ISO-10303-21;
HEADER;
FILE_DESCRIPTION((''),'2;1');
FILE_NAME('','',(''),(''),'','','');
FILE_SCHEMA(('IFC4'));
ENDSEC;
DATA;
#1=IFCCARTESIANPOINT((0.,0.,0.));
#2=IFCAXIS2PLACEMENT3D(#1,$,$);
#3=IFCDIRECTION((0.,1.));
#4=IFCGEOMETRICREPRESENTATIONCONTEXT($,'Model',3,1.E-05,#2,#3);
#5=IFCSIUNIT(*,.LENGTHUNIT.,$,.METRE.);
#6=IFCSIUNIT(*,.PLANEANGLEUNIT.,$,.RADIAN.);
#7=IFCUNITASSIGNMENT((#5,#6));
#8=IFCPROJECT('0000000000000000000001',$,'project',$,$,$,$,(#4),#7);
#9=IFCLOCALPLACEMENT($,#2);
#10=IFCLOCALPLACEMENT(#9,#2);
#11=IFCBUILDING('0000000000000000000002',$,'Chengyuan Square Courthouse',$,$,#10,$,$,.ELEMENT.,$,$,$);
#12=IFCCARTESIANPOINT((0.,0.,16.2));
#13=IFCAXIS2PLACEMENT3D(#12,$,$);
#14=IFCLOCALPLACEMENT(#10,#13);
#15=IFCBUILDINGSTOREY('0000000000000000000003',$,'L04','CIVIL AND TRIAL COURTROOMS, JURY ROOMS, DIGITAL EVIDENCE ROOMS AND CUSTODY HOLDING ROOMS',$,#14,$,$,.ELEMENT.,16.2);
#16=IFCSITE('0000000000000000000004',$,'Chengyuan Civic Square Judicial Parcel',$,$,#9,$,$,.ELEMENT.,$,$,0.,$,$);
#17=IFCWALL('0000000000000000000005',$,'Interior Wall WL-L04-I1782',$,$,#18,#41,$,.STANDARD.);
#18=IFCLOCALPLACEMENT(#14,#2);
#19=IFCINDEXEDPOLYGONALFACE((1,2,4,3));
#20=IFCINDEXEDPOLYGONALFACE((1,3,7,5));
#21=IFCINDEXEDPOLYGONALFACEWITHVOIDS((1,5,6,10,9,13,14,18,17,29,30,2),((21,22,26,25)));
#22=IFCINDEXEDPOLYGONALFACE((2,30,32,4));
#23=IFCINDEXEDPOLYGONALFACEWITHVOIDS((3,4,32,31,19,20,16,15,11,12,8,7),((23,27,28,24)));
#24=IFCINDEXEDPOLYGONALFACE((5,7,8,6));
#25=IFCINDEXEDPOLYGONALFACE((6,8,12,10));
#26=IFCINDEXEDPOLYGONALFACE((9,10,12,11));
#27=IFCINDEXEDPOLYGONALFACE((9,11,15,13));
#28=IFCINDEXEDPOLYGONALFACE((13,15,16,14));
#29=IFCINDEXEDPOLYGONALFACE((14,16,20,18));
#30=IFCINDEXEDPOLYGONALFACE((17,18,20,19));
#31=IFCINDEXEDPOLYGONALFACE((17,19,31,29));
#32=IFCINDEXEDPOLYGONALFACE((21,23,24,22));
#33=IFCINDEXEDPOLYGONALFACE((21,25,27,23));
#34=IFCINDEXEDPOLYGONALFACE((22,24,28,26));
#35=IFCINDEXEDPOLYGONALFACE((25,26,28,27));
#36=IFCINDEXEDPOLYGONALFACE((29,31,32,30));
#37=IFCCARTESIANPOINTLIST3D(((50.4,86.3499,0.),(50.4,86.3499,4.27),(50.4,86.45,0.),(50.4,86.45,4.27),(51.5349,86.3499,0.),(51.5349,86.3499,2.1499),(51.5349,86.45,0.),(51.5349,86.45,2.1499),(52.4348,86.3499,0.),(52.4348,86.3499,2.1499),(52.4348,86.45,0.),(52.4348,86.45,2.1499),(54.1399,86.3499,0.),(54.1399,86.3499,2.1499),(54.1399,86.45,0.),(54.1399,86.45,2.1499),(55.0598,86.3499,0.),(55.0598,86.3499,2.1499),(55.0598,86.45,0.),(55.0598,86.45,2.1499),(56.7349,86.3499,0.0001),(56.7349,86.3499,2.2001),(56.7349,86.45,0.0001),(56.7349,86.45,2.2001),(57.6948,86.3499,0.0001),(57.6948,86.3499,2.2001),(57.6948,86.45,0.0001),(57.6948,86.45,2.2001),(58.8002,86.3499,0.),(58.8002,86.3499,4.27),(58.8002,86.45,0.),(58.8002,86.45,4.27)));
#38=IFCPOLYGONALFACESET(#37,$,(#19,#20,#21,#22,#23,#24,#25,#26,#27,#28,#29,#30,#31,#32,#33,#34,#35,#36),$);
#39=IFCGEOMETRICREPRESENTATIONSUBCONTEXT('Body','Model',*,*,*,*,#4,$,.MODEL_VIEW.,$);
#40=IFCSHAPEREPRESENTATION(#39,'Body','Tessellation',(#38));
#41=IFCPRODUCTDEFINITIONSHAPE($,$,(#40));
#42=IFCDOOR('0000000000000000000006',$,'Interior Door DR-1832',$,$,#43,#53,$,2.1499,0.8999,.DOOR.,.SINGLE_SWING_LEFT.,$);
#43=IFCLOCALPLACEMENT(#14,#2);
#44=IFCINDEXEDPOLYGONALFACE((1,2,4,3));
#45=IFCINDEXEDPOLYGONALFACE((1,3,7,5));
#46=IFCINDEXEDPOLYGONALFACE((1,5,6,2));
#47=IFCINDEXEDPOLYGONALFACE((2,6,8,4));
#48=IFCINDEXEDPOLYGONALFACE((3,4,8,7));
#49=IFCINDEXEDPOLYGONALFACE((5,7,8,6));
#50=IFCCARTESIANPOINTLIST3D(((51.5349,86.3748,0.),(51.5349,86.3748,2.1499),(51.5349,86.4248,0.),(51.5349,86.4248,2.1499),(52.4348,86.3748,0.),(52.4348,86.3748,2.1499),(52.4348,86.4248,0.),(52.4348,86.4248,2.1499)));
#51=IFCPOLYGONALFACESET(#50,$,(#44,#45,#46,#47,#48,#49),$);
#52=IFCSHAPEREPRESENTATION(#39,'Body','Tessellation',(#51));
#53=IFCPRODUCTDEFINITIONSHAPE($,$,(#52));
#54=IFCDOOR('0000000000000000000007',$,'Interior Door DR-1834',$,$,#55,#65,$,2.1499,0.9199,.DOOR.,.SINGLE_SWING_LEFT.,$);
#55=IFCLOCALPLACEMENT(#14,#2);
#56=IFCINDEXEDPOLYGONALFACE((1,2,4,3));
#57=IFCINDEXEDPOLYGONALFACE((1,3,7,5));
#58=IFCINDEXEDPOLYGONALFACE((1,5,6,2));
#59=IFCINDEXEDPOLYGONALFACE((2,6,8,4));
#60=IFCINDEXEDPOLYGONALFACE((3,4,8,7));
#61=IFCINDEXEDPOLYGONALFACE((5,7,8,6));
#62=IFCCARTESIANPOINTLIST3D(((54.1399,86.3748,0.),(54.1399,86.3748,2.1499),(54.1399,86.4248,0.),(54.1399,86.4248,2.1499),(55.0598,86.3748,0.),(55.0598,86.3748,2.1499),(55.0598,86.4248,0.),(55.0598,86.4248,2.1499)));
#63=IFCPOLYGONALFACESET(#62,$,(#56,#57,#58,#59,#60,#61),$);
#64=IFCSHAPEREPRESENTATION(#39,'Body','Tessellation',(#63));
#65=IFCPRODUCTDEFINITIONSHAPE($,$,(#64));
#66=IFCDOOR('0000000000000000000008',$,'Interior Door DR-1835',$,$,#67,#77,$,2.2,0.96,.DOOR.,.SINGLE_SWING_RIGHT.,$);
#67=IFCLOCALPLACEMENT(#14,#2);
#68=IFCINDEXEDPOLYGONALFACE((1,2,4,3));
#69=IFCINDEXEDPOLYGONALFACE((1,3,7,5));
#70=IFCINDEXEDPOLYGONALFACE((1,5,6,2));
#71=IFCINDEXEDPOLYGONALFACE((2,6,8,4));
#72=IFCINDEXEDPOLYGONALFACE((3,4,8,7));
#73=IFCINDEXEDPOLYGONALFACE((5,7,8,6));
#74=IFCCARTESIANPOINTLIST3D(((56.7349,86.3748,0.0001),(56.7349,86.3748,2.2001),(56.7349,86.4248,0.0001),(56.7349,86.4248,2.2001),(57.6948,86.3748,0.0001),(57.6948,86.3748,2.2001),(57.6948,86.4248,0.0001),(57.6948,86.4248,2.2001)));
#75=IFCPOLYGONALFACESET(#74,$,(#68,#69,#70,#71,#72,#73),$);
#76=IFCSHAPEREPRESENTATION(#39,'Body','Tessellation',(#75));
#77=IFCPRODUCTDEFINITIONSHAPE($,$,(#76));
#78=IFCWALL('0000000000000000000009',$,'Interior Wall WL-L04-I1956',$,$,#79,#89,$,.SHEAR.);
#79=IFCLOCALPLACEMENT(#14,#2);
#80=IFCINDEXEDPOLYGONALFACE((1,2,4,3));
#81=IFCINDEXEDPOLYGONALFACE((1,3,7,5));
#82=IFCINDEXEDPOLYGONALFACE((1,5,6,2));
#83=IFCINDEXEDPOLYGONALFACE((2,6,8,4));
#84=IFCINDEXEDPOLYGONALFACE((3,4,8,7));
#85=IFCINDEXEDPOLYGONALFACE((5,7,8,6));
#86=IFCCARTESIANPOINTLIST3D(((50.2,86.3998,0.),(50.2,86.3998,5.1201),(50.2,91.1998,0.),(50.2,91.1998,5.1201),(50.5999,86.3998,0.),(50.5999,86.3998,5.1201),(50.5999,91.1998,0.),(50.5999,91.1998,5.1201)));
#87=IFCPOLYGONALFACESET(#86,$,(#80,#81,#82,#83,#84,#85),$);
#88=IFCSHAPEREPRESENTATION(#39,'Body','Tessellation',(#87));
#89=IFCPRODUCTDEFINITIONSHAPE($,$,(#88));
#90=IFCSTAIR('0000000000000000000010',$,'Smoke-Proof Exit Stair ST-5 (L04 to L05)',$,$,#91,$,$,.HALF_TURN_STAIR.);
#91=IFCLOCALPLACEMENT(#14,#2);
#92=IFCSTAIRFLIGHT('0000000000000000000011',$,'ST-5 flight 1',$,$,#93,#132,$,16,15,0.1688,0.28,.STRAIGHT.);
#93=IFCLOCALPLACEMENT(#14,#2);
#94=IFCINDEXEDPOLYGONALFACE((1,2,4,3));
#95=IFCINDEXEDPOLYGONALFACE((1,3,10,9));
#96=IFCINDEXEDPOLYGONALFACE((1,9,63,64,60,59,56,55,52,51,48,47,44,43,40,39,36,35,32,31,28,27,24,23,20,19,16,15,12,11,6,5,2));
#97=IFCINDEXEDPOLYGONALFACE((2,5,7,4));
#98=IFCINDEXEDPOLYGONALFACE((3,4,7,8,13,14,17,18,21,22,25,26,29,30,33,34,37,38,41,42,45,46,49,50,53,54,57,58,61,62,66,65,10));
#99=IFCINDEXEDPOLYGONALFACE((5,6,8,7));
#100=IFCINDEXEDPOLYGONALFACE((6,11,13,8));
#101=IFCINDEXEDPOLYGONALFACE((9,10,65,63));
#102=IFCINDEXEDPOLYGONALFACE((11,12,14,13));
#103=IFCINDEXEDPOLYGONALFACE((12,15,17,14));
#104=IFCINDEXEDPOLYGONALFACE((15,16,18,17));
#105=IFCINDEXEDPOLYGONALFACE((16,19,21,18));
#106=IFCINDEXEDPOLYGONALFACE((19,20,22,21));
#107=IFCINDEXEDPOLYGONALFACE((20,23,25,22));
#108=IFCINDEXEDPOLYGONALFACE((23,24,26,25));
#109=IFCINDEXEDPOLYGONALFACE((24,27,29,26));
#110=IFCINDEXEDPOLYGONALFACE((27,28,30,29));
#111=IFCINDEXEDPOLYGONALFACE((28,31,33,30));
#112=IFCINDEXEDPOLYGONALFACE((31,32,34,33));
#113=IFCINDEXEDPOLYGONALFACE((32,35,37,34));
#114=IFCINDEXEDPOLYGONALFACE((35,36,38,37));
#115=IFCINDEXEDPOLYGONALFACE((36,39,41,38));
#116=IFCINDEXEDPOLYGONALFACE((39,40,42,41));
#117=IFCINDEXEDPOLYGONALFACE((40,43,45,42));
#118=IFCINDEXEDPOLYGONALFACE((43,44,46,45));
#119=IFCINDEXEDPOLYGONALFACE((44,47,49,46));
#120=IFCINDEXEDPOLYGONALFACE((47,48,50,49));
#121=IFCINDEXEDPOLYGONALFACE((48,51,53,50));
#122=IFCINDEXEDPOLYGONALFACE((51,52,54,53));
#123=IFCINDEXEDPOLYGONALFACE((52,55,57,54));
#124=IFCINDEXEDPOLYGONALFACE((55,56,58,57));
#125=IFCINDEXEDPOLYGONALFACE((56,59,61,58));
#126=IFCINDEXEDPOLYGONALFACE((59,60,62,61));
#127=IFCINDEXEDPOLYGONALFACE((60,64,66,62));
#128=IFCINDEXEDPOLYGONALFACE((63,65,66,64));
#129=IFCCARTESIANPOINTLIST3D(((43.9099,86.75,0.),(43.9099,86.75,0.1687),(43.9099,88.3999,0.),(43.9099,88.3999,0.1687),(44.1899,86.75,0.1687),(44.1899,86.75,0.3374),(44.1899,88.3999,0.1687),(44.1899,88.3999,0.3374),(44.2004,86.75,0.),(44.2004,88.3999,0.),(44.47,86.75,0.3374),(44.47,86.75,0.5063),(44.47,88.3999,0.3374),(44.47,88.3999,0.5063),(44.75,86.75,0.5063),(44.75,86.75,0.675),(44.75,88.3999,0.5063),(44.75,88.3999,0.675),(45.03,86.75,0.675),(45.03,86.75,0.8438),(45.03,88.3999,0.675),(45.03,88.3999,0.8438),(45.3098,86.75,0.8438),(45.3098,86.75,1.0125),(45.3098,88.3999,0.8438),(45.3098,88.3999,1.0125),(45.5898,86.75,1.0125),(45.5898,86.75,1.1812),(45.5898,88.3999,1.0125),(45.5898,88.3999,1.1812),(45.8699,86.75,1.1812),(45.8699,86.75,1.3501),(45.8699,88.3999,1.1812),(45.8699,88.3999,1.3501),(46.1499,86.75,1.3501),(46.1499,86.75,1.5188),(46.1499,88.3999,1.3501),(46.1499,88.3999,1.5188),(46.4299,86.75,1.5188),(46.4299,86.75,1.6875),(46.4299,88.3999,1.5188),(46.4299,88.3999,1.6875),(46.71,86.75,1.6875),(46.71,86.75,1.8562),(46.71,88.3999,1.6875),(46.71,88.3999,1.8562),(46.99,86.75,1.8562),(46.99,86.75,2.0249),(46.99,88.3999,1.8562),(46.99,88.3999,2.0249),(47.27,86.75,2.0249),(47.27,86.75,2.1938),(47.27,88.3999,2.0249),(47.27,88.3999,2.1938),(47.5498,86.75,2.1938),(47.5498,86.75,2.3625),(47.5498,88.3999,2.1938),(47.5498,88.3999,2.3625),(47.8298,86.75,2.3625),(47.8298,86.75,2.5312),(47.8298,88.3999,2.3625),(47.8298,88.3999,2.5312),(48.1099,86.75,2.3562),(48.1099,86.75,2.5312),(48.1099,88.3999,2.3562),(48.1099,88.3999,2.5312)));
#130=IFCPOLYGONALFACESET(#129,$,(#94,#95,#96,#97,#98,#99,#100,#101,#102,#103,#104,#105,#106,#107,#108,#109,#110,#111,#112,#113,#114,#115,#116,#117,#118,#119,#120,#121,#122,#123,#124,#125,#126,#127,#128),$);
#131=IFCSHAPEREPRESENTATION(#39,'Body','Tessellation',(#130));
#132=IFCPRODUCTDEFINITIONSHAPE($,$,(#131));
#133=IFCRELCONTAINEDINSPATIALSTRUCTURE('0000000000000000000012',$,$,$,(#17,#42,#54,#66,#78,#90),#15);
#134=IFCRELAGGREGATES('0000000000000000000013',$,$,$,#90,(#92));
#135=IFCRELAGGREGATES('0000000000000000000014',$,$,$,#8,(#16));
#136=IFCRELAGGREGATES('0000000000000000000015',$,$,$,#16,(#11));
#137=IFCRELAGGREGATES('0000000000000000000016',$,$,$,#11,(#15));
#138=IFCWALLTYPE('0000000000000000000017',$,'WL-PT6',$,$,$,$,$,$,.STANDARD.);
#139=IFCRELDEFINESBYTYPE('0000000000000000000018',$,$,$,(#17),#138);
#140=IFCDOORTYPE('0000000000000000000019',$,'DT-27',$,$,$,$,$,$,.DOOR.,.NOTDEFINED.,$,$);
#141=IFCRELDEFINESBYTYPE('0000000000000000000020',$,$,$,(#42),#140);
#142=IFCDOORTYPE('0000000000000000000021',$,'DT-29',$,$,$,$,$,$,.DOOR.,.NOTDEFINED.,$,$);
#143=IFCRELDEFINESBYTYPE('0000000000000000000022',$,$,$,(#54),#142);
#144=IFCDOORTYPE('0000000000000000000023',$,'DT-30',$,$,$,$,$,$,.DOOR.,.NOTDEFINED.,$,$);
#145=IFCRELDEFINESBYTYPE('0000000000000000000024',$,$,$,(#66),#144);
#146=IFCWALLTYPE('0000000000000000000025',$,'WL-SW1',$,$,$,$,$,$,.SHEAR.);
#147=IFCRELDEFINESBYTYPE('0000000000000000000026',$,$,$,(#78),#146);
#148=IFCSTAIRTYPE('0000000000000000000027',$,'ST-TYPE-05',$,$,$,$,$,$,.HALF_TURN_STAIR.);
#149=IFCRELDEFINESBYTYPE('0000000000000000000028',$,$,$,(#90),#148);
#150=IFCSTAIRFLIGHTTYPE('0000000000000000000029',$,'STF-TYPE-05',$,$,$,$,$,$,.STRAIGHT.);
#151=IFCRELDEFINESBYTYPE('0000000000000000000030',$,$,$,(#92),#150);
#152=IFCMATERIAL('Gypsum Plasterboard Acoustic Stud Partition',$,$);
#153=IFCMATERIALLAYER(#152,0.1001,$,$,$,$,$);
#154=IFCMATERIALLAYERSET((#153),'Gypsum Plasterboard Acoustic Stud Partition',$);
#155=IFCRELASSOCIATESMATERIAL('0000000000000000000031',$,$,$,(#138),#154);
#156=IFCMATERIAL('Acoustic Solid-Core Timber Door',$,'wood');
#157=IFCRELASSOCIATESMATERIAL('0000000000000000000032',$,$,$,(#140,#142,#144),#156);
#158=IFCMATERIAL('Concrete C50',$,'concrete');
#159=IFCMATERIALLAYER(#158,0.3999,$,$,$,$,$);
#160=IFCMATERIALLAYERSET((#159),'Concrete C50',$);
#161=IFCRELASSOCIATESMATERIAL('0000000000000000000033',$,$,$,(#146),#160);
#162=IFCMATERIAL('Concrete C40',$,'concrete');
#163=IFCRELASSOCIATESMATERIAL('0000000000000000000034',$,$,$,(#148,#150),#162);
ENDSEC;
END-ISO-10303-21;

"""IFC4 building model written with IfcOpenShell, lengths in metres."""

from ifc_helpers import new_model, si_unit, direction, frame, frame_2d, origin, place, context, subcontext, project, spatial, polyline, rectangle, outline, extrude, material, layer, layer_set, type_object, element, fill, aggregate, save


model = new_model("IFC4")

# Units and contexts
model_context = context("Model", 3, precision=1e-05, world=origin(), true_north=direction((0.0, 1.0)))
body_context = subcontext(model_context, "Body", "Model", "MODEL_VIEW")
ifc_project = project(units=[si_unit("LENGTHUNIT", "METRE"), si_unit("PLANEANGLEUNIT", "RADIAN")], contexts=[model_context])

# Site, building, storey
site_placement = place(None, origin())
site = spatial("IfcSite", under=ifc_project, at=site_placement, Name="Chengyuan Civic Square Judicial Parcel", CompositionType="ELEMENT", RefElevation=0.0)
building_placement = place(site_placement, origin())
building = spatial("IfcBuilding", under=site, at=building_placement, Name="Chengyuan Square Courthouse", CompositionType="ELEMENT")
storey_placement = place(building_placement, frame((0.0, 0.0, 16.2)))
storey = spatial("IfcBuildingStorey", under=building, at=storey_placement, Name="L04", Description="CIVIL AND TRIAL COURTROOMS, JURY ROOMS, DIGITAL EVIDENCE ROOMS AND CUSTODY HOLDING ROOMS", CompositionType="ELEMENT", Elevation=16.2)

# Shared definitions
ifc_material_1 = material(Name="Concrete C50", Category="concrete")

# Shared definitions
ifc_material_2 = material(Name="Concrete C40", Category="concrete")

# Wall, openings, doors
ifc_material_3 = material(Name="Gypsum Plasterboard Acoustic Stud Partition")
ifc_layer_1 = layer(ifc_material_3, 0.1001)
ifc_layer_set_1 = layer_set([ifc_layer_1], Name="Gypsum Plasterboard Acoustic Stud Partition")
wall_type_1 = type_object("IfcWallType", Name="WL-PT6", PredefinedType="STANDARD", material=ifc_layer_set_1)
wall_1_placement = place(storey_placement, frame((50.3999, 86.3999, 0.0), z_axis=(0.0, 0.0, 1.0), x_axis=(1.0, 0.0, 0.0)))
wall_1 = element("IfcWall", 1, at=wall_1_placement, inside=storey, type_object=wall_type_1, Name="Interior Wall WL-L04-I1782", PredefinedType="STANDARD", context=body_context, shape_type="SweptSolid", body=[
    extrude(rectangle(XDim=8.4001, YDim=0.1001, at=frame_2d((4.2002, 0.0))), origin(), (0.0, 0.0, 1.0), 4.27),
])
opening_1_placement = place(wall_1_placement, frame((1.135, 0.0, 0.0)))
opening_1 = element("IfcOpeningElement", 2, at=opening_1_placement, cuts=wall_1, PredefinedType="OPENING", context=body_context, shape_type="SweptSolid", body=[
    extrude(rectangle(XDim=0.8999, YDim=2.1499, at=frame_2d((0.45, 1.075))), frame((0.0, 0.062, 0.0), z_axis=(0.0, -1.0, 0.0), x_axis=(1.0, 0.0, 0.0)), (0.0, 0.0, 1.0), 0.124),
])
opening_2_placement = place(wall_1_placement, frame((3.74, 0.0, 0.0)))
opening_2 = element("IfcOpeningElement", 3, at=opening_2_placement, cuts=wall_1, PredefinedType="OPENING", context=body_context, shape_type="SweptSolid", body=[
    extrude(rectangle(XDim=0.9199, YDim=2.1499, at=frame_2d((0.46, 1.075))), frame((0.0, 0.062, 0.0), z_axis=(0.0, -1.0, 0.0), x_axis=(1.0, 0.0, 0.0)), (0.0, 0.0, 1.0), 0.124),
])
opening_3_placement = place(wall_1_placement, frame((6.335, 0.0, 0.0)))
opening_3 = element("IfcOpeningElement", 4, at=opening_3_placement, cuts=wall_1, PredefinedType="OPENING", context=body_context, shape_type="SweptSolid", body=[
    extrude(rectangle(XDim=0.96, YDim=2.2, at=frame_2d((0.48, 1.1001))), frame((0.0, 0.062, 0.0), z_axis=(0.0, -1.0, 0.0), x_axis=(1.0, 0.0, 0.0)), (0.0, 0.0, 1.0), 0.124),
])
ifc_material_4 = material(Name="Acoustic Solid-Core Timber Door", Category="wood")
door_type_1 = type_object("IfcDoorType", Name="DT-27", OperationType="NOTDEFINED", PredefinedType="DOOR", material=ifc_material_4)
door_1_placement = place(opening_1_placement, origin())
door_1 = element("IfcDoor", 5, at=door_1_placement, inside=storey, type_object=door_type_1, Name="Interior Door DR-1832", OperationType="SINGLE_SWING_LEFT", OverallHeight=2.1499, OverallWidth=0.8999, PredefinedType="DOOR", context=body_context, shape_type="SweptSolid", body=[
    extrude(rectangle(XDim=0.8999, YDim=2.1499, at=frame_2d((0.45, 1.075))), frame((0.0, 0.0249, 0.0), z_axis=(0.0, -1.0, 0.0), x_axis=(1.0, 0.0, 0.0)), (0.0, 0.0, 1.0), 0.05),
])
fill(opening_1, door_1)
door_type_2 = type_object("IfcDoorType", Name="DT-29", OperationType="NOTDEFINED", PredefinedType="DOOR", material=ifc_material_4)
door_2_placement = place(opening_2_placement, origin())
door_2 = element("IfcDoor", 6, at=door_2_placement, inside=storey, type_object=door_type_2, Name="Interior Door DR-1834", OperationType="SINGLE_SWING_LEFT", OverallHeight=2.1499, OverallWidth=0.9199, PredefinedType="DOOR", context=body_context, shape_type="SweptSolid", body=[
    extrude(rectangle(XDim=0.9199, YDim=2.1499, at=frame_2d((0.46, 1.075))), frame((0.0, 0.0249, 0.0), z_axis=(0.0, -1.0, 0.0), x_axis=(1.0, 0.0, 0.0)), (0.0, 0.0, 1.0), 0.05),
])
fill(opening_2, door_2)
door_type_3 = type_object("IfcDoorType", Name="DT-30", OperationType="NOTDEFINED", PredefinedType="DOOR", material=ifc_material_4)
door_3_placement = place(opening_3_placement, origin())
door_3 = element("IfcDoor", 7, at=door_3_placement, inside=storey, type_object=door_type_3, Name="Interior Door DR-1835", OperationType="SINGLE_SWING_RIGHT", OverallHeight=2.2, OverallWidth=0.96, PredefinedType="DOOR", context=body_context, shape_type="SweptSolid", body=[
    extrude(rectangle(XDim=0.96, YDim=2.2, at=frame_2d((0.48, 1.1001))), frame((0.0, 0.0249, 0.0), z_axis=(0.0, -1.0, 0.0), x_axis=(1.0, 0.0, 0.0)), (0.0, 0.0, 1.0), 0.05),
])
fill(opening_3, door_3)

# Wall
ifc_layer_2 = layer(ifc_material_1, 0.3999)
ifc_layer_set_2 = layer_set([ifc_layer_2], Name="Concrete C50")
wall_type_2 = type_object("IfcWallType", Name="WL-SW1", PredefinedType="SHEAR", material=ifc_layer_set_2)
wall_2_placement = place(storey_placement, frame((50.3999, 86.3999, 0.0), z_axis=(0.0, 0.0, 1.0), x_axis=(0.0, 1.0, 0.0)))
element("IfcWall", 8, at=wall_2_placement, inside=storey, type_object=wall_type_2, Name="Interior Wall WL-L04-I1956", PredefinedType="SHEAR", context=body_context, shape_type="SweptSolid", body=[
    extrude(rectangle(XDim=4.8, YDim=0.3999, at=frame_2d((2.3999, 0.0))), origin(), (0.0, 0.0, 1.0), 5.1201),
])

# Stair, stair flight
stair_type = type_object("IfcStairType", Name="ST-TYPE-05", PredefinedType="HALF_TURN_STAIR", material=ifc_material_2)
stair_placement = place(storey_placement, origin())
stair = element("IfcStair", 9, at=stair_placement, inside=storey, type_object=stair_type, Name="Smoke-Proof Exit Stair ST-5 (L04 to L05)", PredefinedType="HALF_TURN_STAIR")
stair_flight_type = type_object("IfcStairFlightType", Name="STF-TYPE-05", PredefinedType="STRAIGHT", material=ifc_material_2)
stair_flight_placement = place(storey_placement, frame((43.9099, 87.575, 0.0), z_axis=(0.0, 0.0, 1.0), x_axis=(1.0, 0.0, 0.0)))
stair_flight = element("IfcStairFlight", 10, at=stair_flight_placement, type_object=stair_flight_type, Name="ST-5 flight 1", NumberOfRisers=16, NumberOfTreads=15, PredefinedType="STRAIGHT", RiserHeight=0.1688, TreadLength=0.28, context=body_context, shape_type="SweptSolid", body=[
    extrude(outline(polyline([(0.0, 0.0), (0.0, 0.1687), (0.28, 0.1687), (0.28, 0.3374), (0.5601, 0.3374), (0.5601, 0.5063), (0.8401, 0.5063), (0.8401, 0.675), (1.1201, 0.675), (1.1201, 0.8438), (1.3999, 0.8438), (1.3999, 1.0125), (1.6799, 1.0125), (1.6799, 1.1812), (1.96, 1.1812), (1.96, 1.3501), (2.24, 1.3501), (2.24, 1.5188), (2.52, 1.5188), (2.52, 1.6875), (2.8, 1.6875), (2.8, 1.8562), (3.0801, 1.8562), (3.0801, 2.0249), (3.3601, 2.0249), (3.3601, 2.1938), (3.6399, 2.1938), (3.6399, 2.3625), (3.9199, 2.3625), (3.9199, 2.5312), (4.2, 2.5312), (4.2, 2.7), (4.2, 2.3562), (0.2905, 0.0), (0.0, 0.0)])), frame((0.0, 0.825, 0.0), z_axis=(0.0, -1.0, 0.0), x_axis=(1.0, 0.0, 0.0)), (0.0, 0.0, 1.0), 1.6499),
])
aggregate(stair, [stair_flight])

save(model, "model.ifc")
